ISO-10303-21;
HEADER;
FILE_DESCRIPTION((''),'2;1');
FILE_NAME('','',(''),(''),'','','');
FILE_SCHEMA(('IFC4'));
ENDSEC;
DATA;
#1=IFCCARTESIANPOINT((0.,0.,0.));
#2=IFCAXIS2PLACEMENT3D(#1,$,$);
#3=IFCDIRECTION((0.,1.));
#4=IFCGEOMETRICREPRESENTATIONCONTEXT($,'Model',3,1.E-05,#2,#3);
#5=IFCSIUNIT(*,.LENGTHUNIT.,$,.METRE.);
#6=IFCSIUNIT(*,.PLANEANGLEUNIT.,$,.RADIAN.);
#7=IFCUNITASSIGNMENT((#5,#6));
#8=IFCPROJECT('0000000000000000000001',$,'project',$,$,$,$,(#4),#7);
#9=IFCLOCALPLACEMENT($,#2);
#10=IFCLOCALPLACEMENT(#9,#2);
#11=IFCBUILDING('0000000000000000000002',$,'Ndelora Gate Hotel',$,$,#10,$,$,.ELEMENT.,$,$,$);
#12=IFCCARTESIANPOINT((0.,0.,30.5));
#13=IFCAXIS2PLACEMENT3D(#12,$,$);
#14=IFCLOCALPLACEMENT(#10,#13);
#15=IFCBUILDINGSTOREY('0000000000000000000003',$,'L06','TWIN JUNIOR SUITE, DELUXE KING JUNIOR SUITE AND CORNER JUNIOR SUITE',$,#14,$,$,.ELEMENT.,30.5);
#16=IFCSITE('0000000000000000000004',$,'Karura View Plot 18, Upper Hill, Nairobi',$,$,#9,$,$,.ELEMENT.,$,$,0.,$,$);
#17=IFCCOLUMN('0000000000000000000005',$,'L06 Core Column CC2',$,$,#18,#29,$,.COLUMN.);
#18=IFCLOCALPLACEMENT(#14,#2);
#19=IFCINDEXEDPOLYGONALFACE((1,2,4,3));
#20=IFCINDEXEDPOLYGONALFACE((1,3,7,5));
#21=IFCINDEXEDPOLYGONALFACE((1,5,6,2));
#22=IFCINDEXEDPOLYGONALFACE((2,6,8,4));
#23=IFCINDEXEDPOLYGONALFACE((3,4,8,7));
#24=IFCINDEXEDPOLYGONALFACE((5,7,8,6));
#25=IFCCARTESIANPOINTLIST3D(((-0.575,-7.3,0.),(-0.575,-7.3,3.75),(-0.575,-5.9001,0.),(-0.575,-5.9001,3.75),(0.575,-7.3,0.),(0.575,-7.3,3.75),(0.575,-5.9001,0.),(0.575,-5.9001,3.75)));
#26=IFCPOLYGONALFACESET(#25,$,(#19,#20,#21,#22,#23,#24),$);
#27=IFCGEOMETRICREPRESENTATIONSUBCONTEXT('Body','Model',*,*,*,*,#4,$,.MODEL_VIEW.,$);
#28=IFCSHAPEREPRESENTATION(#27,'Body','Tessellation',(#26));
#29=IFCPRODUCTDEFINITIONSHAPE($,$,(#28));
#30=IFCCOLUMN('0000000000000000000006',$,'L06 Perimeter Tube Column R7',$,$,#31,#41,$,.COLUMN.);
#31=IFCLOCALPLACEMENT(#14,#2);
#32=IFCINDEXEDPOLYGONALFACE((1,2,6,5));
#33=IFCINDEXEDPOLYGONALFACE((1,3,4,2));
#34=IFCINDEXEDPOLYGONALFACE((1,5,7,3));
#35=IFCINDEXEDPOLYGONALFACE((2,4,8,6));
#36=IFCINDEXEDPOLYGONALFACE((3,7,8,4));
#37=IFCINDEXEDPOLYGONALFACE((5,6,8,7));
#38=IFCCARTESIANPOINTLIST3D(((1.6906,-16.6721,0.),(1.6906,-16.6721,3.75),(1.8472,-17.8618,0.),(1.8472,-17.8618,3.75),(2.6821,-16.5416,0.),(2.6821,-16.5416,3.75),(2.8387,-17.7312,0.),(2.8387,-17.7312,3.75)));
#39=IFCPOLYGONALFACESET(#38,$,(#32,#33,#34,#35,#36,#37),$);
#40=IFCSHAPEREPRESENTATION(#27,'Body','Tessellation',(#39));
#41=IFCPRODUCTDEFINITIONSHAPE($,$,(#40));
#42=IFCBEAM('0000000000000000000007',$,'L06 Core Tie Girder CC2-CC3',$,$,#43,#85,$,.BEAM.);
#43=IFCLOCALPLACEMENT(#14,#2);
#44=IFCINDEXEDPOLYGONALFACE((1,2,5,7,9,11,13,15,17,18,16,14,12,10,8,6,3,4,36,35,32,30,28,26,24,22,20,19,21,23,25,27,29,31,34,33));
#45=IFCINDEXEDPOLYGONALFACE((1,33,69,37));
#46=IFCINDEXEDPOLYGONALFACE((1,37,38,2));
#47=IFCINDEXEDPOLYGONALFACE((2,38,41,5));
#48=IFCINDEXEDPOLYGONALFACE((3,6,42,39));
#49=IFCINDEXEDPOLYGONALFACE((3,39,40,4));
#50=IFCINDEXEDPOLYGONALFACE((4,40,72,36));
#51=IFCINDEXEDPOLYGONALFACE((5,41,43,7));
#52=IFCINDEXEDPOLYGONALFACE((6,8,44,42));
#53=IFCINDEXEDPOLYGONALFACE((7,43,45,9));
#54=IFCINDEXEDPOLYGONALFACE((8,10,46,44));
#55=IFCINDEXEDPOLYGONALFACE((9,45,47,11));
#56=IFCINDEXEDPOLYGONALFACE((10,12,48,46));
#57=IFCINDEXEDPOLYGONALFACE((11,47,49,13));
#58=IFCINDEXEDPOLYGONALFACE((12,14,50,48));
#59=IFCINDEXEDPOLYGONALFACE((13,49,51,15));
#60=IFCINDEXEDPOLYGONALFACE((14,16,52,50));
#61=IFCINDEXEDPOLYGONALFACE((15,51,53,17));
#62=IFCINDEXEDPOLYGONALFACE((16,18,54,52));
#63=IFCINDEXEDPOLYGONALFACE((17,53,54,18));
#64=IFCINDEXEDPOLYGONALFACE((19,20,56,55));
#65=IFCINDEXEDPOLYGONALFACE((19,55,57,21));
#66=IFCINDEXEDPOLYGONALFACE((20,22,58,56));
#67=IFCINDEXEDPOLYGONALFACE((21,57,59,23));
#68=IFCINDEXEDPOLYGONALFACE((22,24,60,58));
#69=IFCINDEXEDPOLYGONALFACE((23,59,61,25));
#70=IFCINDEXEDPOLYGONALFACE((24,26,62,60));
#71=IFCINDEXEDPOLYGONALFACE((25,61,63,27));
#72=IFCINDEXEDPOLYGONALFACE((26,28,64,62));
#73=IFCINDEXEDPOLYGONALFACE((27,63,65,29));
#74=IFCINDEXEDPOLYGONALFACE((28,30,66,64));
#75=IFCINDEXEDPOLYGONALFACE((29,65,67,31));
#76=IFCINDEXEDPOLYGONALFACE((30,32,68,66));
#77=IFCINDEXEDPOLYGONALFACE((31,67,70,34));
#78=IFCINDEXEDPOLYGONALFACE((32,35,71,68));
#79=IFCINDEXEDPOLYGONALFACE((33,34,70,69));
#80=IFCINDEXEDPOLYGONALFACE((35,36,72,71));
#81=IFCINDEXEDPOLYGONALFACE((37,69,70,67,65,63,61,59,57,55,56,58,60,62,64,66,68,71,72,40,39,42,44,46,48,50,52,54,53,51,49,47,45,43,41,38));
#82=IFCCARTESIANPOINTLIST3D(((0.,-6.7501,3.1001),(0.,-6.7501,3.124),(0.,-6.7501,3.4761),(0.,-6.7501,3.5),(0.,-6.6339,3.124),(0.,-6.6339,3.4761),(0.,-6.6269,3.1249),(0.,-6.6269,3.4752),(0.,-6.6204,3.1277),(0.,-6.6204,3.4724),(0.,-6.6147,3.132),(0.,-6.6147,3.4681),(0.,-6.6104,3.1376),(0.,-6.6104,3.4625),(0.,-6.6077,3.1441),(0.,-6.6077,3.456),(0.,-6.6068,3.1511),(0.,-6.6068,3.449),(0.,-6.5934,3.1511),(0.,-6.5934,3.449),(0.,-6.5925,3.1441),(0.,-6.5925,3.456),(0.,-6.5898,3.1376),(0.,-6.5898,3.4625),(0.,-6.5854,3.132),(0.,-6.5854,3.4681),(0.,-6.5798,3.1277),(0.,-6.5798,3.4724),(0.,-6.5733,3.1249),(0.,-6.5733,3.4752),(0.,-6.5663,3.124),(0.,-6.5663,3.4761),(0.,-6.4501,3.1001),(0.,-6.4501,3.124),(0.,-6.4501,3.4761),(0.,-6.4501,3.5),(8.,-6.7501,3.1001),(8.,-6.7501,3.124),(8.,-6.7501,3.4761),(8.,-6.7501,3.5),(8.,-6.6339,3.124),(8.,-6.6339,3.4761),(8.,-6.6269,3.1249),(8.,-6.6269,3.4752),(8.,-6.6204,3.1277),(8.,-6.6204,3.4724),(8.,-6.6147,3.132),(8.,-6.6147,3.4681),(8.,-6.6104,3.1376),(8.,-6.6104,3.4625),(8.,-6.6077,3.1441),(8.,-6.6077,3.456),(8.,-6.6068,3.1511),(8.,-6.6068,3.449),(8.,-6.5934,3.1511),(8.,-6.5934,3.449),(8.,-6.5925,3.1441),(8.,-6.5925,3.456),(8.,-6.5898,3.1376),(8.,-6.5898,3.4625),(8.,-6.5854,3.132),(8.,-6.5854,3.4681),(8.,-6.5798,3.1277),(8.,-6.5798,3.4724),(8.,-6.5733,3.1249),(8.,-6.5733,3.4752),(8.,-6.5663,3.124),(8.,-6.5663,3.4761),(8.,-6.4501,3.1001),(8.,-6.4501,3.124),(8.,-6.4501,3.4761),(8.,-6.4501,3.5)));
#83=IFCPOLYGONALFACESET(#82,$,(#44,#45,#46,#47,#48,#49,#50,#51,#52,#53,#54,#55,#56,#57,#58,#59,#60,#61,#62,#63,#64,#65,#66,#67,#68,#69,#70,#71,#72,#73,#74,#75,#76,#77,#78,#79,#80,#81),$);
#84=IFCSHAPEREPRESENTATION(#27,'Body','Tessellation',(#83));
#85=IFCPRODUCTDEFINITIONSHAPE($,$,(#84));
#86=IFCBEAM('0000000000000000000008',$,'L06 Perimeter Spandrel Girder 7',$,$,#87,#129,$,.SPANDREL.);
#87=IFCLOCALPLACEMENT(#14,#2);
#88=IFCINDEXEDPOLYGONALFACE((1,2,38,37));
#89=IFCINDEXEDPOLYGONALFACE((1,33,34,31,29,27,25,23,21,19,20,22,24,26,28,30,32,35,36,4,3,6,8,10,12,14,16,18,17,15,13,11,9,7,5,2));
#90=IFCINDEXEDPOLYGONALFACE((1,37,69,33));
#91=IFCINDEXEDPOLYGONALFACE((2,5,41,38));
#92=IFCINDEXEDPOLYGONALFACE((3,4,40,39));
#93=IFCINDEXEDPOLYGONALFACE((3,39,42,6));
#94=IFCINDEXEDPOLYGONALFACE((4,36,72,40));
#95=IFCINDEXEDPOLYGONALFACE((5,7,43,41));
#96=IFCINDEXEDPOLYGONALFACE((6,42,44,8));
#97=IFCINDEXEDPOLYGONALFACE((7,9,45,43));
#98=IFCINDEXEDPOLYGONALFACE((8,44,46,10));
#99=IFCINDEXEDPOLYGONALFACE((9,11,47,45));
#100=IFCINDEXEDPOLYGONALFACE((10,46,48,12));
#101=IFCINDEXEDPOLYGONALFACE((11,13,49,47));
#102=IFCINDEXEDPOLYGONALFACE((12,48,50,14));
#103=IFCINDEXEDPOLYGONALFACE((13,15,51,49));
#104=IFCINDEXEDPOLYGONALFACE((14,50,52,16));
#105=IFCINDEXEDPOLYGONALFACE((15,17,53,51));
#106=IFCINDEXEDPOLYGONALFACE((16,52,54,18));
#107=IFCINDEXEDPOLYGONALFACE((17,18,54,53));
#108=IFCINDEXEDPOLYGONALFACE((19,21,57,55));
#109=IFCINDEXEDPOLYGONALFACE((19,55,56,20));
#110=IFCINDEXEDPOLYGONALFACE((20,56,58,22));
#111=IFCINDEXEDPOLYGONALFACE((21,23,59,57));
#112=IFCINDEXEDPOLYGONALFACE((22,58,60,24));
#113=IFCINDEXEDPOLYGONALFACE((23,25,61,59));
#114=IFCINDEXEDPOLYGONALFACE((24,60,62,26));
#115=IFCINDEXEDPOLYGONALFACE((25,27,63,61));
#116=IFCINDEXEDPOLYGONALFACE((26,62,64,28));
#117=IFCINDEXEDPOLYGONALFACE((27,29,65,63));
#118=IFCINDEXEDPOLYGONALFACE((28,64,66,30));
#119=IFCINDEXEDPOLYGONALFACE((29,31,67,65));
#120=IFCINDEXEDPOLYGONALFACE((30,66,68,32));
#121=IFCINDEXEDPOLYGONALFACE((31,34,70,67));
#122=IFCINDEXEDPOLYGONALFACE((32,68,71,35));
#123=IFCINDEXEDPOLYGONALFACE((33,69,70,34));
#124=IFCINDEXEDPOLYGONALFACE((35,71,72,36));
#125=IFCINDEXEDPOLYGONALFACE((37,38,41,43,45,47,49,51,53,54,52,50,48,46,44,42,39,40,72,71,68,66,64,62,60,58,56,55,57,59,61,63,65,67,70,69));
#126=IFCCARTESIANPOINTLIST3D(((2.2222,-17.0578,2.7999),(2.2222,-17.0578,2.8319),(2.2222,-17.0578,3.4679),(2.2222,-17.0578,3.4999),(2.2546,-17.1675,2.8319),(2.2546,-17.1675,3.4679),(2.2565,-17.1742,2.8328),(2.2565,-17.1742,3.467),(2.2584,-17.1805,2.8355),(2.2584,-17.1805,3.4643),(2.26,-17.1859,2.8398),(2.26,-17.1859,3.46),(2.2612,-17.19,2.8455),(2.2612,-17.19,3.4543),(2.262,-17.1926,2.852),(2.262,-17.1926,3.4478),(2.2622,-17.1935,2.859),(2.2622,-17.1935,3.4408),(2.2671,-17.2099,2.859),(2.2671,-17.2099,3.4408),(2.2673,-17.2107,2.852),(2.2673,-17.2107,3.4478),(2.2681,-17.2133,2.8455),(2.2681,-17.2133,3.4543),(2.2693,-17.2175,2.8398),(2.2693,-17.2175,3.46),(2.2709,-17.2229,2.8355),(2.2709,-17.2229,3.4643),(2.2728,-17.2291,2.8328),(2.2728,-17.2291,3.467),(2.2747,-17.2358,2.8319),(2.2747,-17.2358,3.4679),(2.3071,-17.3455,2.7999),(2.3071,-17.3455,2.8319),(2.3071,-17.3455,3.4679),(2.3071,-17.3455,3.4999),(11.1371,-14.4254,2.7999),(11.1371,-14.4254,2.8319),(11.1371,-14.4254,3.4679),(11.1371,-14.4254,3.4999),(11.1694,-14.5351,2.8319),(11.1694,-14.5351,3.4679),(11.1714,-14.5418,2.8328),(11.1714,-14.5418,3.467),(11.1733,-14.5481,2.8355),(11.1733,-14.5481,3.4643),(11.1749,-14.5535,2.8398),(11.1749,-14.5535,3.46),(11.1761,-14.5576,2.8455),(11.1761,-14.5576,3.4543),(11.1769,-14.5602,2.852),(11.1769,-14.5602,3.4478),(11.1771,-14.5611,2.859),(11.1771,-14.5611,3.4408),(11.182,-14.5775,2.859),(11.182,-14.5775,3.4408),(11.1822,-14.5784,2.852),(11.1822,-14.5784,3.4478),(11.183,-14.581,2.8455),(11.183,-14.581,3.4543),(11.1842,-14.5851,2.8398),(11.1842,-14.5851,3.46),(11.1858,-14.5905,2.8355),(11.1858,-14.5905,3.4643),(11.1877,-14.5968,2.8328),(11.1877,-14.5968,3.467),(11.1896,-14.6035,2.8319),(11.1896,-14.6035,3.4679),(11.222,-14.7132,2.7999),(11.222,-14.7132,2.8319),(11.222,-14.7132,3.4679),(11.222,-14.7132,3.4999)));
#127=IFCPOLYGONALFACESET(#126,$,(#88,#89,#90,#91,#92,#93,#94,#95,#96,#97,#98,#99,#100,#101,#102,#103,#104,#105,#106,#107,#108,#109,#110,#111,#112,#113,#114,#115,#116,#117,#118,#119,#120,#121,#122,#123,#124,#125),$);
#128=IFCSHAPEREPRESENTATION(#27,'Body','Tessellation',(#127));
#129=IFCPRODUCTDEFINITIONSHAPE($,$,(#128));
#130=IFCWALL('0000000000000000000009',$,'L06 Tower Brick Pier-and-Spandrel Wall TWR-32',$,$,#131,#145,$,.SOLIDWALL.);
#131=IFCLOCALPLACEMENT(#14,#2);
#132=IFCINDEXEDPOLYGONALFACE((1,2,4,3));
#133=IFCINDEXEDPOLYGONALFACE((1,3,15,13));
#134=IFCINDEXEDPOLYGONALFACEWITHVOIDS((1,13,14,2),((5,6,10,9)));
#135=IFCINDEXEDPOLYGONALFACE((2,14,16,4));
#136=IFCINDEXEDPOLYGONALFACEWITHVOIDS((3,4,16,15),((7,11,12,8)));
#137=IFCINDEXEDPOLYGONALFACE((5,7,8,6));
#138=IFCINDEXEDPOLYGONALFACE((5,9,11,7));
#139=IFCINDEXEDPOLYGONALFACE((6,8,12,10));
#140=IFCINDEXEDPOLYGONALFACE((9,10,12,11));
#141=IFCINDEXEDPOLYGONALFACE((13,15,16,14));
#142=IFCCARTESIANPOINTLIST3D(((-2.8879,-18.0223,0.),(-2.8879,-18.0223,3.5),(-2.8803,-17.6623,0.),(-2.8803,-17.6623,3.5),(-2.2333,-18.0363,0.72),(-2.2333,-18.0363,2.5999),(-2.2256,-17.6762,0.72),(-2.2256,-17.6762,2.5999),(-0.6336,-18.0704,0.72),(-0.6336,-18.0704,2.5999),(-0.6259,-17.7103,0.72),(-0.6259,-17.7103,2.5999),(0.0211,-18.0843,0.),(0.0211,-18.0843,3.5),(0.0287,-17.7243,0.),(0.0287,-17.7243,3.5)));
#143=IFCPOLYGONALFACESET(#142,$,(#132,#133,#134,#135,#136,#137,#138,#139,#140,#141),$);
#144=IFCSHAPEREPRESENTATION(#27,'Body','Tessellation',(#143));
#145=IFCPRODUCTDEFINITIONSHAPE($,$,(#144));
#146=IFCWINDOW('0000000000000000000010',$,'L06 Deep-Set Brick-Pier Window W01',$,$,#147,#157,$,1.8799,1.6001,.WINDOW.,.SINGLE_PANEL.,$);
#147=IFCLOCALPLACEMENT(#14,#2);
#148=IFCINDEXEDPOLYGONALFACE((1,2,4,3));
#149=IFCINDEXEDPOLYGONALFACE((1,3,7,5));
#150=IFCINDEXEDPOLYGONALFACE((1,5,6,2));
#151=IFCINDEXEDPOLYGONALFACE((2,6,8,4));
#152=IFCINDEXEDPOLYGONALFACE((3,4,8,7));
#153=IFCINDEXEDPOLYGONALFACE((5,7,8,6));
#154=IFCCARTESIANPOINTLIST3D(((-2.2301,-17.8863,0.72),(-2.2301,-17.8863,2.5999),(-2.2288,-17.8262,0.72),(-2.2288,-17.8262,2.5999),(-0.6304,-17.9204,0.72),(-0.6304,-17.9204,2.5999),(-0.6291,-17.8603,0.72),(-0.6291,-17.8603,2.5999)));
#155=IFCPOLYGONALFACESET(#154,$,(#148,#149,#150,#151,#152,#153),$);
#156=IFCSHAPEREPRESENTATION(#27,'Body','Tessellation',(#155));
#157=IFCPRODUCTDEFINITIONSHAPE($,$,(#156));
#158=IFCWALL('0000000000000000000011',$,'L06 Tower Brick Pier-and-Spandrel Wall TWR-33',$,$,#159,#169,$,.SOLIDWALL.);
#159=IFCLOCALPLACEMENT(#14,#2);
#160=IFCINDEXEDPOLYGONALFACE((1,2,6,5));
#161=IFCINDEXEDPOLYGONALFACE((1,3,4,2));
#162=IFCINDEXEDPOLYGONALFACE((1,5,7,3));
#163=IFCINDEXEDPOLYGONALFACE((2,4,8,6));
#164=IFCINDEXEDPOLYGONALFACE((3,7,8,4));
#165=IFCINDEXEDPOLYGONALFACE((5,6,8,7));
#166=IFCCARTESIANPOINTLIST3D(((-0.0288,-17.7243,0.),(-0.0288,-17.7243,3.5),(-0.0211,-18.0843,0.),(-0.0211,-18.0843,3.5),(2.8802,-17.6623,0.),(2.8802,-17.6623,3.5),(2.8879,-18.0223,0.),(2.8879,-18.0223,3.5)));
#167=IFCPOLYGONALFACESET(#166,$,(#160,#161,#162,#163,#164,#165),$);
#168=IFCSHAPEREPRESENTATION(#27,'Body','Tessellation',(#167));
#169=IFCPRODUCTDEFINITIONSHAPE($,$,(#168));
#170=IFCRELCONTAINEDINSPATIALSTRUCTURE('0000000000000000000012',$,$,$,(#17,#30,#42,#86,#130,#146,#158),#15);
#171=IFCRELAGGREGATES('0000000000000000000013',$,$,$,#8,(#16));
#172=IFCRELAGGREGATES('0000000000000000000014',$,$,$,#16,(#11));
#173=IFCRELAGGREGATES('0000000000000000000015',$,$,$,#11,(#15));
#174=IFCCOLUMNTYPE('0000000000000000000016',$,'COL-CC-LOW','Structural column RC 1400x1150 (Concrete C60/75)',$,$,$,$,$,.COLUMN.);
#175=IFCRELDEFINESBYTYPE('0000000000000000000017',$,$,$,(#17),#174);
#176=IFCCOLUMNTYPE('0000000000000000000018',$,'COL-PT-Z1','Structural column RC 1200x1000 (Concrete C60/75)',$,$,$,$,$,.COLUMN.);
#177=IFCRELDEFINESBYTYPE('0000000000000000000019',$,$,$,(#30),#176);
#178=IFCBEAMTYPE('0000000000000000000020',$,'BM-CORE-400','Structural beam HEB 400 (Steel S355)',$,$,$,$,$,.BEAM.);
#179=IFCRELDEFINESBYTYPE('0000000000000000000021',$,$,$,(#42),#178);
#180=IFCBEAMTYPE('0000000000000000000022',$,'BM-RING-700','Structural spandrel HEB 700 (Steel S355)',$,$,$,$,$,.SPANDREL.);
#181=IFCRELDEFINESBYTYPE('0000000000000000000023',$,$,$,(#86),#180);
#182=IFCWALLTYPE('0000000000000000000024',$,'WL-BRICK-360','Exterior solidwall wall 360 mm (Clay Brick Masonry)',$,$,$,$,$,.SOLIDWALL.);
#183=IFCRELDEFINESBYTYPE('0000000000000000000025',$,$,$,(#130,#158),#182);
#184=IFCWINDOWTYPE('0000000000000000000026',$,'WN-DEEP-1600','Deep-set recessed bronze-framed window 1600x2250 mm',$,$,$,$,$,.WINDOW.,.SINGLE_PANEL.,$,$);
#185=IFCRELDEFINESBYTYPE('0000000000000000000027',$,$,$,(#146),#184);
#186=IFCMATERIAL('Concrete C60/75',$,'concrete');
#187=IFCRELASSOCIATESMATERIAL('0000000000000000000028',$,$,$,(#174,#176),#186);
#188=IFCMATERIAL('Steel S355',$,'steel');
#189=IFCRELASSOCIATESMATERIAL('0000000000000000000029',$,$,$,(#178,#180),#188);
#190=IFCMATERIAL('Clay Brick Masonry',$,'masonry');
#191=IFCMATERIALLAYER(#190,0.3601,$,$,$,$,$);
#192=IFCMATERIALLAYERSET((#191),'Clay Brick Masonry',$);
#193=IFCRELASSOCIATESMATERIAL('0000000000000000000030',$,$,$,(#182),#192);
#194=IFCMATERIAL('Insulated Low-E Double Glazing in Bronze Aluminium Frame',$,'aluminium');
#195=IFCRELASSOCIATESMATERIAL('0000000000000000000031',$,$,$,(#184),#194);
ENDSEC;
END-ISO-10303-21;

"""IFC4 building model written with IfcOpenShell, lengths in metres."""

from ifc_helpers import new_model, si_unit, direction, frame, frame_2d, origin, origin_2d, place, context, subcontext, project, spatial, rectangle, i_section, extrude, material, layer, layer_set, material_profile, profile_set, type_object, element, fill, save


model = new_model("IFC4")

# Units and contexts
model_context = context("Model", 3, precision=1e-05, world=origin(), true_north=direction((0.0, 1.0)))
body_context = subcontext(model_context, "Body", "Model", "MODEL_VIEW")
ifc_project = project(units=[si_unit("LENGTHUNIT", "METRE"), si_unit("PLANEANGLEUNIT", "RADIAN")], contexts=[model_context])

# Site, building, storey
site_placement = place(None, origin())
site = spatial("IfcSite", under=ifc_project, at=site_placement, Name="Karura View Plot 18, Upper Hill, Nairobi", CompositionType="ELEMENT", RefElevation=0.0)
building_placement = place(site_placement, origin())
building = spatial("IfcBuilding", under=site, at=building_placement, Name="Ndelora Gate Hotel", CompositionType="ELEMENT")
storey_placement = place(building_placement, frame((0.0, 0.0, 30.5)))
storey = spatial("IfcBuildingStorey", under=building, at=storey_placement, Name="L06", Description="TWIN JUNIOR SUITE, DELUXE KING JUNIOR SUITE AND CORNER JUNIOR SUITE", CompositionType="ELEMENT", Elevation=30.5)

# Columns
ifc_material_1 = material(Name="Concrete C60/75", Category="concrete")
ifc_material_profile_1 = material_profile(ifc_material_1, rectangle(XDim=1.1499, YDim=1.3999, at=origin_2d()), Name="RC 1400x1150")
ifc_profile_set_1 = profile_set([ifc_material_profile_1], Name="Concrete C60/75")
column_type_1 = type_object("IfcColumnType", Name="COL-CC-LOW", Description="Structural column RC 1400x1150 (Concrete C60/75)", PredefinedType="COLUMN", material=ifc_profile_set_1)
column_1_placement = place(storey_placement, frame((0.0, -6.6001, 0.0), z_axis=(0.0, 0.0, 1.0), x_axis=(1.0, 0.0, 0.0)))
element("IfcColumn", 1, at=column_1_placement, inside=storey, type_object=column_type_1, Name="L06 Core Column CC2", PredefinedType="COLUMN", context=body_context, shape_type="SweptSolid", body=[
    extrude(rectangle(XDim=1.1499, YDim=1.3999, at=origin_2d()), origin(), (0.0, 0.0, 1.0), 3.75),
])
ifc_material_profile_2 = material_profile(ifc_material_1, rectangle(XDim=1.0, YDim=1.2, at=origin_2d()), Name="RC 1200x1000")
ifc_profile_set_2 = profile_set([ifc_material_profile_2], Name="Concrete C60/75")
column_type_2 = type_object("IfcColumnType", Name="COL-PT-Z1", Description="Structural column RC 1200x1000 (Concrete C60/75)", PredefinedType="COLUMN", material=ifc_profile_set_2)
column_2_placement = place(storey_placement, frame((2.2646, -17.2017, 0.0), z_axis=(0.0, 0.0, 1.0), x_axis=(0.991445, 0.130526, 0.0)))
element("IfcColumn", 2, at=column_2_placement, inside=storey, type_object=column_type_2, Name="L06 Perimeter Tube Column R7", PredefinedType="COLUMN", context=body_context, shape_type="SweptSolid", body=[
    extrude(rectangle(XDim=1.0, YDim=1.2, at=origin_2d()), origin(), (0.0, 0.0, 1.0), 3.75),
])

# Beams
ifc_material_2 = material(Name="Steel S355", Category="steel")
ifc_material_profile_3 = material_profile(ifc_material_2, i_section(OverallWidth=0.3, OverallDepth=0.3999, WebThickness=0.0134, FlangeThickness=0.0239, FilletRadius=0.0271, at=origin_2d()), Name="HEB 400")
ifc_profile_set_3 = profile_set([ifc_material_profile_3], Name="Steel S355")
beam_type_1 = type_object("IfcBeamType", Name="BM-CORE-400", Description="Structural beam HEB 400 (Steel S355)", PredefinedType="BEAM", material=ifc_profile_set_3)
beam_1_placement = place(storey_placement, frame((0.0, -6.6001, 3.3), z_axis=(1.0, 0.0, 0.0), x_axis=(0.0, 1.0, 0.0)))
element("IfcBeam", 3, at=beam_1_placement, inside=storey, type_object=beam_type_1, Name="L06 Core Tie Girder CC2-CC3", PredefinedType="BEAM", context=body_context, shape_type="SweptSolid", body=[
    extrude(i_section(OverallWidth=0.3, OverallDepth=0.3999, WebThickness=0.0134, FlangeThickness=0.0239, FilletRadius=0.0271, at=origin_2d()), origin(), (0.0, 0.0, 1.0), 8.0),
])
ifc_material_profile_4 = material_profile(ifc_material_2, i_section(OverallWidth=0.3, OverallDepth=0.7, WebThickness=0.0171, FlangeThickness=0.032, FilletRadius=0.0271, at=origin_2d()), Name="HEB 700")
ifc_profile_set_4 = profile_set([ifc_material_profile_4], Name="Steel S355")
beam_type_2 = type_object("IfcBeamType", Name="BM-RING-700", Description="Structural spandrel HEB 700 (Steel S355)", PredefinedType="SPANDREL", material=ifc_profile_set_4)
beam_2_placement = place(storey_placement, frame((2.2646, -17.2017, 3.1499), z_axis=(0.959064, 0.283189, 0.0), x_axis=(-0.283189, 0.959064, 0.0)))
element("IfcBeam", 4, at=beam_2_placement, inside=storey, type_object=beam_type_2, Name="L06 Perimeter Spandrel Girder 7", PredefinedType="SPANDREL", context=body_context, shape_type="SweptSolid", body=[
    extrude(i_section(OverallWidth=0.3, OverallDepth=0.7, WebThickness=0.0171, FlangeThickness=0.032, FilletRadius=0.0271, at=origin_2d()), origin(), (0.0, 0.0, 1.0), 9.2954),
])

# Wall, opening, window
ifc_material_3 = material(Name="Clay Brick Masonry", Category="masonry")
ifc_layer_1 = layer(ifc_material_3, 0.3601)
ifc_layer_set_1 = layer_set([ifc_layer_1], Name="Clay Brick Masonry")
wall_type_1 = type_object("IfcWallType", Name="WL-BRICK-360", Description="Exterior solidwall wall 360 mm (Clay Brick Masonry)", PredefinedType="SOLIDWALL", material=ifc_layer_set_1)
wall_1_placement = place(storey_placement, frame((0.0249, -17.9043, 0.0), z_axis=(0.0, 0.0, 1.0), x_axis=(-0.999773, 0.021313, 0.0)))
wall_1 = element("IfcWall", 5, at=wall_1_placement, inside=storey, type_object=wall_type_1, Name="L06 Tower Brick Pier-and-Spandrel Wall TWR-32", PredefinedType="SOLIDWALL", context=body_context, shape_type="SweptSolid", body=[
    extrude(rectangle(XDim=2.9097, YDim=0.3601, at=frame_2d((1.4548, 0.0))), origin(), (0.0, 0.0, 1.0), 3.5),
])
opening_1_placement = place(wall_1_placement, frame((0.6548, 0.0, 0.72)))
opening_1 = element("IfcOpeningElement", 6, at=opening_1_placement, cuts=wall_1, PredefinedType="OPENING", context=body_context, shape_type="SweptSolid", body=[
    extrude(rectangle(XDim=1.6001, YDim=1.8799, at=frame_2d((0.8, 0.9399))), frame((0.0, 0.1899, 0.0), z_axis=(0.0, -1.0, 0.0), x_axis=(1.0, 0.0, 0.0)), (0.0, 0.0, 1.0), 0.3801),
])
ifc_material_4 = material(Name="Insulated Low-E Double Glazing in Bronze Aluminium Frame", Category="aluminium")
window_type = type_object("IfcWindowType", Name="WN-DEEP-1600", Description="Deep-set recessed bronze-framed window 1600x2250 mm", PartitioningType="SINGLE_PANEL", PredefinedType="WINDOW", material=ifc_material_4)
window_1_placement = place(opening_1_placement, origin())
window_1 = element("IfcWindow", 7, at=window_1_placement, inside=storey, type_object=window_type, Name="L06 Deep-Set Brick-Pier Window W01", OverallHeight=1.8799, OverallWidth=1.6001, PartitioningType="SINGLE_PANEL", PredefinedType="WINDOW", context=body_context, shape_type="SweptSolid", body=[
    extrude(rectangle(XDim=1.6001, YDim=1.8799, at=frame_2d((0.8, 0.9399))), frame((0.0, 0.03, 0.0), z_axis=(0.0, -1.0, 0.0), x_axis=(1.0, 0.0, 0.0)), (0.0, 0.0, 1.0), 0.0601),
])
fill(opening_1, window_1)

# Wall
wall_2_placement = place(storey_placement, frame((2.884, -17.8423, 0.0), z_axis=(0.0, 0.0, 1.0), x_axis=(-0.999773, -0.021313, 0.0)))
element("IfcWall", 8, at=wall_2_placement, inside=storey, type_object=wall_type_1, Name="L06 Tower Brick Pier-and-Spandrel Wall TWR-33", PredefinedType="SOLIDWALL", context=body_context, shape_type="SweptSolid", body=[
    extrude(rectangle(XDim=2.9097, YDim=0.3601, at=frame_2d((1.4548, 0.0))), origin(), (0.0, 0.0, 1.0), 3.5),
])

save(model, "model.ifc")
